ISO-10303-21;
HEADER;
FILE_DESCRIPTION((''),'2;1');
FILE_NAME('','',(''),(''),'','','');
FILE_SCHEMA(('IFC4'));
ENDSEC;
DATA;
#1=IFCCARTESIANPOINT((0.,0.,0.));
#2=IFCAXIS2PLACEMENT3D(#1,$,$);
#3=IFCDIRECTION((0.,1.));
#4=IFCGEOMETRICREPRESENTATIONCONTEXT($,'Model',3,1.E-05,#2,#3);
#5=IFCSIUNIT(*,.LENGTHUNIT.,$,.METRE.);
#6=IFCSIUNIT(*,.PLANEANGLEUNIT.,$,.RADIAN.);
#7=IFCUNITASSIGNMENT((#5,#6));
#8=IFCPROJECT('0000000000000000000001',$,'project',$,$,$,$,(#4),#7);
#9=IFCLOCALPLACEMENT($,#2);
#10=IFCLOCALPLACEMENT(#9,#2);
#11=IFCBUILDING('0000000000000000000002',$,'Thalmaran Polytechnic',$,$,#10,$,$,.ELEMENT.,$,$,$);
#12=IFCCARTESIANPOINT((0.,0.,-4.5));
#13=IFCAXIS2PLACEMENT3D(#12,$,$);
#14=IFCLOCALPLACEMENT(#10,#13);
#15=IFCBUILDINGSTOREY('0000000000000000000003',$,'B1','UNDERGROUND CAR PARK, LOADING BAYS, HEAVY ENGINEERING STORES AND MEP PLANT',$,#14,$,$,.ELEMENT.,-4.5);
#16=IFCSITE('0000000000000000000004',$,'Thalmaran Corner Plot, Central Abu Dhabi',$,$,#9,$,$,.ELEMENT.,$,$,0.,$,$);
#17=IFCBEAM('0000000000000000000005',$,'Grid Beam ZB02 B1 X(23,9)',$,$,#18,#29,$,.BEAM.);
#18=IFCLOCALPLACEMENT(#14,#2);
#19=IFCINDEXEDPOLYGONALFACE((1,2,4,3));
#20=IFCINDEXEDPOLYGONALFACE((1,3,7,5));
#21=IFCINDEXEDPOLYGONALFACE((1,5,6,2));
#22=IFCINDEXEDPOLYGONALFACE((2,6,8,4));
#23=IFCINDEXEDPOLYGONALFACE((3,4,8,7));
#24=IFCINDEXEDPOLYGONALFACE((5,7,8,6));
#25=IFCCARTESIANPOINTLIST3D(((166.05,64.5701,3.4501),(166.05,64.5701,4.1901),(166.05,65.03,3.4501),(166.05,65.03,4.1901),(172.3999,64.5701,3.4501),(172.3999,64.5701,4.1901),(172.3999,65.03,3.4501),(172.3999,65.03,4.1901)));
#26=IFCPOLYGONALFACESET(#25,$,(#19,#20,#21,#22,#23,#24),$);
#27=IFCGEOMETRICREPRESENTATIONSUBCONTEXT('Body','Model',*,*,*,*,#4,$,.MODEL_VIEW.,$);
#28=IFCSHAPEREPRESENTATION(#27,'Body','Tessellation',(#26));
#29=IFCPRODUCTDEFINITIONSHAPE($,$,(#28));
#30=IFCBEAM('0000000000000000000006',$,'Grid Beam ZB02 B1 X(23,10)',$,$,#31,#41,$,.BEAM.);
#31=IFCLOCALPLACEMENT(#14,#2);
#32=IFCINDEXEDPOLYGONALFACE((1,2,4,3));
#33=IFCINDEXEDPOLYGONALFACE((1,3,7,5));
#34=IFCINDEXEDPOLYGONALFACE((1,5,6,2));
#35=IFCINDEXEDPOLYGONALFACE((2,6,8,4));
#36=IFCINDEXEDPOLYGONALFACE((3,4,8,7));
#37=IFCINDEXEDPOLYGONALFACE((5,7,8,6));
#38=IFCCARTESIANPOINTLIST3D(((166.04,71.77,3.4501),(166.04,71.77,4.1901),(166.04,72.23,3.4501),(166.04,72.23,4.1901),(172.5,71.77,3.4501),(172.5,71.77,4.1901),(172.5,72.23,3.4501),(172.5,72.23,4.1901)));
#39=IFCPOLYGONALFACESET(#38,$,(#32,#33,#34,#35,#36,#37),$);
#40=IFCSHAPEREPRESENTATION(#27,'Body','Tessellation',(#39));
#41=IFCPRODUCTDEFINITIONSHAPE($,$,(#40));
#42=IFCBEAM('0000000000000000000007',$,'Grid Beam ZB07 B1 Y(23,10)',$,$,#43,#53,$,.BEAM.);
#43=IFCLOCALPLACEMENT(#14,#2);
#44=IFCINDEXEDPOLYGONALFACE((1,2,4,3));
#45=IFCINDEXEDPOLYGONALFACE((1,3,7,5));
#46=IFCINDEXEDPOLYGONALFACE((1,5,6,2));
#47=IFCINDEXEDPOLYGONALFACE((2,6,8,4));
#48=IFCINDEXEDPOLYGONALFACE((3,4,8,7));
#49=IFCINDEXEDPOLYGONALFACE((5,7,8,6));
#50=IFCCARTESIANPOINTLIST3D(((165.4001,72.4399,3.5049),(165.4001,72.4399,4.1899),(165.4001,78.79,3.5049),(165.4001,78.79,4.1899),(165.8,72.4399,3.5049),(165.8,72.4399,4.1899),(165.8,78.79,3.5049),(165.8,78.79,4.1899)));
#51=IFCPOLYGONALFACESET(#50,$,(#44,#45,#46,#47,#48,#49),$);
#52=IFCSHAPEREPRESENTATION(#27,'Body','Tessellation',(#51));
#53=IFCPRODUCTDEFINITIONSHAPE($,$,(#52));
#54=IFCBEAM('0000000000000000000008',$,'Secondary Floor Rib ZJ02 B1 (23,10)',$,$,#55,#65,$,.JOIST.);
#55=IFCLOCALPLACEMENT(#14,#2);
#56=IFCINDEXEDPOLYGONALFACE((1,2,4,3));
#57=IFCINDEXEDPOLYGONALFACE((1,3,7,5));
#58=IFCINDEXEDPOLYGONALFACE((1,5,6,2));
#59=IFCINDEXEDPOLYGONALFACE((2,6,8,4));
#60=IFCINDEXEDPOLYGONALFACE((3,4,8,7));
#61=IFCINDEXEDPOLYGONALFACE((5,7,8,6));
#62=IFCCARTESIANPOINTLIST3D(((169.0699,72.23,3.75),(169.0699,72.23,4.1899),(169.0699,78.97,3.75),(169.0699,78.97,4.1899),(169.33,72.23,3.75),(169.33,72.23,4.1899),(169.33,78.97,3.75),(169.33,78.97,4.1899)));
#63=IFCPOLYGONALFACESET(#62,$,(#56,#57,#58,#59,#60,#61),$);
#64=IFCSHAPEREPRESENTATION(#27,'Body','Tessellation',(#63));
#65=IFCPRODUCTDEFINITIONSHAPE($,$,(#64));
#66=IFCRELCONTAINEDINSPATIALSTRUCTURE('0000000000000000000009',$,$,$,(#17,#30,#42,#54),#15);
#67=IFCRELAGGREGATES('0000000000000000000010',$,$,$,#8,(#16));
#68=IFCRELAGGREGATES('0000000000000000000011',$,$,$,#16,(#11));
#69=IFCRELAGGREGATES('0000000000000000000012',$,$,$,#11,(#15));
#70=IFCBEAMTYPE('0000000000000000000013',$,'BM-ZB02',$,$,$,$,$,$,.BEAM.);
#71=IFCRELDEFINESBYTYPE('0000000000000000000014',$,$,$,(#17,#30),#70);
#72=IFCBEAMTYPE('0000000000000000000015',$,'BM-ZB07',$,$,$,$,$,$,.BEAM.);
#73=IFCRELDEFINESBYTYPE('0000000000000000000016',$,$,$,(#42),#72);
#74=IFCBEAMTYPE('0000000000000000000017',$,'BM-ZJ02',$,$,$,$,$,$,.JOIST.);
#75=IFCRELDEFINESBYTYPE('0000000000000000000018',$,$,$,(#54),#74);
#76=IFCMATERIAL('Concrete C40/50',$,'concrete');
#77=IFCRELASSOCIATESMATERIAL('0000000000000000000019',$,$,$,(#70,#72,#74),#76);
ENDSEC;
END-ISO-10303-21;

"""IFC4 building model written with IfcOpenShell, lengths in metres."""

from ifc_helpers import new_model, si_unit, direction, frame, origin, origin_2d, place, context, subcontext, project, spatial, rectangle, extrude, material, material_profile, profile_set, type_object, element, save


model = new_model("IFC4")

# Units and contexts
model_context = context("Model", 3, precision=1e-05, world=origin(), true_north=direction((0.0, 1.0)))
body_context = subcontext(model_context, "Body", "Model", "MODEL_VIEW")
ifc_project = project(units=[si_unit("LENGTHUNIT", "METRE"), si_unit("PLANEANGLEUNIT", "RADIAN")], contexts=[model_context])

# Site, building, storey
site_placement = place(None, origin())
site = spatial("IfcSite", under=ifc_project, at=site_placement, Name="Thalmaran Corner Plot, Central Abu Dhabi", CompositionType="ELEMENT", RefElevation=0.0)
building_placement = place(site_placement, origin())
building = spatial("IfcBuilding", under=site, at=building_placement, Name="Thalmaran Polytechnic", CompositionType="ELEMENT")
storey_placement = place(building_placement, frame((0.0, 0.0, -4.5)))
storey = spatial("IfcBuildingStorey", under=building, at=storey_placement, Name="B1", Description="UNDERGROUND CAR PARK, LOADING BAYS, HEAVY ENGINEERING STORES AND MEP PLANT", CompositionType="ELEMENT", Elevation=-4.5)

# Shared definitions
ifc_material_1 = material(Name="Concrete C40/50", Category="concrete")

# Beams
ifc_material_profile_1 = material_profile(ifc_material_1, rectangle(XDim=0.46, YDim=0.74, at=origin_2d()), Name="RC 460x740")
ifc_profile_set_1 = profile_set([ifc_material_profile_1], Name="Concrete C40/50")
beam_type_1 = type_object("IfcBeamType", Name="BM-ZB02", PredefinedType="BEAM", material=ifc_profile_set_1)
beam_1_placement = place(storey_placement, frame((166.05, 64.8, 3.8201), z_axis=(1.0, 0.0, 0.0), x_axis=(0.0, 1.0, 0.0)))
element("IfcBeam", 1, at=beam_1_placement, inside=storey, type_object=beam_type_1, Name="Grid Beam ZB02 B1 X(23,9)", PredefinedType="BEAM", context=body_context, shape_type="SweptSolid", body=[
    extrude(rectangle(XDim=0.46, YDim=0.74, at=origin_2d()), origin(), (0.0, 0.0, 1.0), 6.3499),
])
beam_2_placement = place(storey_placement, frame((166.04, 72.0, 3.8201), z_axis=(1.0, 0.0, 0.0), x_axis=(0.0, 1.0, 0.0)))
element("IfcBeam", 2, at=beam_2_placement, inside=storey, type_object=beam_type_1, Name="Grid Beam ZB02 B1 X(23,10)", PredefinedType="BEAM", context=body_context, shape_type="SweptSolid", body=[
    extrude(rectangle(XDim=0.46, YDim=0.74, at=origin_2d()), origin(), (0.0, 0.0, 1.0), 6.46),
])
ifc_material_profile_2 = material_profile(ifc_material_1, rectangle(XDim=0.3999, YDim=0.6851, at=origin_2d()), Name="RC 400x685")
ifc_profile_set_2 = profile_set([ifc_material_profile_2], Name="Concrete C40/50")
beam_type_2 = type_object("IfcBeamType", Name="BM-ZB07", PredefinedType="BEAM", material=ifc_profile_set_2)
beam_3_placement = place(storey_placement, frame((165.6001, 72.4399, 3.8474), z_axis=(0.0, 1.0, 0.0), x_axis=(-1.0, 0.0, 0.0)))
element("IfcBeam", 3, at=beam_3_placement, inside=storey, type_object=beam_type_2, Name="Grid Beam ZB07 B1 Y(23,10)", PredefinedType="BEAM", context=body_context, shape_type="SweptSolid", body=[
    extrude(rectangle(XDim=0.3999, YDim=0.6851, at=origin_2d()), origin(), (0.0, 0.0, 1.0), 6.3501),
])
ifc_material_profile_3 = material_profile(ifc_material_1, rectangle(XDim=0.26, YDim=0.4399, at=origin_2d()), Name="RC 260x440")
ifc_profile_set_3 = profile_set([ifc_material_profile_3], Name="Concrete C40/50")
beam_type_3 = type_object("IfcBeamType", Name="BM-ZJ02", PredefinedType="JOIST", material=ifc_profile_set_3)
beam_4_placement = place(storey_placement, frame((169.2, 72.23, 3.97), z_axis=(0.0, 1.0, 0.0), x_axis=(-1.0, 0.0, 0.0)))
element("IfcBeam", 4, at=beam_4_placement, inside=storey, type_object=beam_type_3, Name="Secondary Floor Rib ZJ02 B1 (23,10)", PredefinedType="JOIST", context=body_context, shape_type="SweptSolid", body=[
    extrude(rectangle(XDim=0.26, YDim=0.4399, at=origin_2d()), origin(), (0.0, 0.0, 1.0), 6.74),
])

save(model, "model.ifc")
